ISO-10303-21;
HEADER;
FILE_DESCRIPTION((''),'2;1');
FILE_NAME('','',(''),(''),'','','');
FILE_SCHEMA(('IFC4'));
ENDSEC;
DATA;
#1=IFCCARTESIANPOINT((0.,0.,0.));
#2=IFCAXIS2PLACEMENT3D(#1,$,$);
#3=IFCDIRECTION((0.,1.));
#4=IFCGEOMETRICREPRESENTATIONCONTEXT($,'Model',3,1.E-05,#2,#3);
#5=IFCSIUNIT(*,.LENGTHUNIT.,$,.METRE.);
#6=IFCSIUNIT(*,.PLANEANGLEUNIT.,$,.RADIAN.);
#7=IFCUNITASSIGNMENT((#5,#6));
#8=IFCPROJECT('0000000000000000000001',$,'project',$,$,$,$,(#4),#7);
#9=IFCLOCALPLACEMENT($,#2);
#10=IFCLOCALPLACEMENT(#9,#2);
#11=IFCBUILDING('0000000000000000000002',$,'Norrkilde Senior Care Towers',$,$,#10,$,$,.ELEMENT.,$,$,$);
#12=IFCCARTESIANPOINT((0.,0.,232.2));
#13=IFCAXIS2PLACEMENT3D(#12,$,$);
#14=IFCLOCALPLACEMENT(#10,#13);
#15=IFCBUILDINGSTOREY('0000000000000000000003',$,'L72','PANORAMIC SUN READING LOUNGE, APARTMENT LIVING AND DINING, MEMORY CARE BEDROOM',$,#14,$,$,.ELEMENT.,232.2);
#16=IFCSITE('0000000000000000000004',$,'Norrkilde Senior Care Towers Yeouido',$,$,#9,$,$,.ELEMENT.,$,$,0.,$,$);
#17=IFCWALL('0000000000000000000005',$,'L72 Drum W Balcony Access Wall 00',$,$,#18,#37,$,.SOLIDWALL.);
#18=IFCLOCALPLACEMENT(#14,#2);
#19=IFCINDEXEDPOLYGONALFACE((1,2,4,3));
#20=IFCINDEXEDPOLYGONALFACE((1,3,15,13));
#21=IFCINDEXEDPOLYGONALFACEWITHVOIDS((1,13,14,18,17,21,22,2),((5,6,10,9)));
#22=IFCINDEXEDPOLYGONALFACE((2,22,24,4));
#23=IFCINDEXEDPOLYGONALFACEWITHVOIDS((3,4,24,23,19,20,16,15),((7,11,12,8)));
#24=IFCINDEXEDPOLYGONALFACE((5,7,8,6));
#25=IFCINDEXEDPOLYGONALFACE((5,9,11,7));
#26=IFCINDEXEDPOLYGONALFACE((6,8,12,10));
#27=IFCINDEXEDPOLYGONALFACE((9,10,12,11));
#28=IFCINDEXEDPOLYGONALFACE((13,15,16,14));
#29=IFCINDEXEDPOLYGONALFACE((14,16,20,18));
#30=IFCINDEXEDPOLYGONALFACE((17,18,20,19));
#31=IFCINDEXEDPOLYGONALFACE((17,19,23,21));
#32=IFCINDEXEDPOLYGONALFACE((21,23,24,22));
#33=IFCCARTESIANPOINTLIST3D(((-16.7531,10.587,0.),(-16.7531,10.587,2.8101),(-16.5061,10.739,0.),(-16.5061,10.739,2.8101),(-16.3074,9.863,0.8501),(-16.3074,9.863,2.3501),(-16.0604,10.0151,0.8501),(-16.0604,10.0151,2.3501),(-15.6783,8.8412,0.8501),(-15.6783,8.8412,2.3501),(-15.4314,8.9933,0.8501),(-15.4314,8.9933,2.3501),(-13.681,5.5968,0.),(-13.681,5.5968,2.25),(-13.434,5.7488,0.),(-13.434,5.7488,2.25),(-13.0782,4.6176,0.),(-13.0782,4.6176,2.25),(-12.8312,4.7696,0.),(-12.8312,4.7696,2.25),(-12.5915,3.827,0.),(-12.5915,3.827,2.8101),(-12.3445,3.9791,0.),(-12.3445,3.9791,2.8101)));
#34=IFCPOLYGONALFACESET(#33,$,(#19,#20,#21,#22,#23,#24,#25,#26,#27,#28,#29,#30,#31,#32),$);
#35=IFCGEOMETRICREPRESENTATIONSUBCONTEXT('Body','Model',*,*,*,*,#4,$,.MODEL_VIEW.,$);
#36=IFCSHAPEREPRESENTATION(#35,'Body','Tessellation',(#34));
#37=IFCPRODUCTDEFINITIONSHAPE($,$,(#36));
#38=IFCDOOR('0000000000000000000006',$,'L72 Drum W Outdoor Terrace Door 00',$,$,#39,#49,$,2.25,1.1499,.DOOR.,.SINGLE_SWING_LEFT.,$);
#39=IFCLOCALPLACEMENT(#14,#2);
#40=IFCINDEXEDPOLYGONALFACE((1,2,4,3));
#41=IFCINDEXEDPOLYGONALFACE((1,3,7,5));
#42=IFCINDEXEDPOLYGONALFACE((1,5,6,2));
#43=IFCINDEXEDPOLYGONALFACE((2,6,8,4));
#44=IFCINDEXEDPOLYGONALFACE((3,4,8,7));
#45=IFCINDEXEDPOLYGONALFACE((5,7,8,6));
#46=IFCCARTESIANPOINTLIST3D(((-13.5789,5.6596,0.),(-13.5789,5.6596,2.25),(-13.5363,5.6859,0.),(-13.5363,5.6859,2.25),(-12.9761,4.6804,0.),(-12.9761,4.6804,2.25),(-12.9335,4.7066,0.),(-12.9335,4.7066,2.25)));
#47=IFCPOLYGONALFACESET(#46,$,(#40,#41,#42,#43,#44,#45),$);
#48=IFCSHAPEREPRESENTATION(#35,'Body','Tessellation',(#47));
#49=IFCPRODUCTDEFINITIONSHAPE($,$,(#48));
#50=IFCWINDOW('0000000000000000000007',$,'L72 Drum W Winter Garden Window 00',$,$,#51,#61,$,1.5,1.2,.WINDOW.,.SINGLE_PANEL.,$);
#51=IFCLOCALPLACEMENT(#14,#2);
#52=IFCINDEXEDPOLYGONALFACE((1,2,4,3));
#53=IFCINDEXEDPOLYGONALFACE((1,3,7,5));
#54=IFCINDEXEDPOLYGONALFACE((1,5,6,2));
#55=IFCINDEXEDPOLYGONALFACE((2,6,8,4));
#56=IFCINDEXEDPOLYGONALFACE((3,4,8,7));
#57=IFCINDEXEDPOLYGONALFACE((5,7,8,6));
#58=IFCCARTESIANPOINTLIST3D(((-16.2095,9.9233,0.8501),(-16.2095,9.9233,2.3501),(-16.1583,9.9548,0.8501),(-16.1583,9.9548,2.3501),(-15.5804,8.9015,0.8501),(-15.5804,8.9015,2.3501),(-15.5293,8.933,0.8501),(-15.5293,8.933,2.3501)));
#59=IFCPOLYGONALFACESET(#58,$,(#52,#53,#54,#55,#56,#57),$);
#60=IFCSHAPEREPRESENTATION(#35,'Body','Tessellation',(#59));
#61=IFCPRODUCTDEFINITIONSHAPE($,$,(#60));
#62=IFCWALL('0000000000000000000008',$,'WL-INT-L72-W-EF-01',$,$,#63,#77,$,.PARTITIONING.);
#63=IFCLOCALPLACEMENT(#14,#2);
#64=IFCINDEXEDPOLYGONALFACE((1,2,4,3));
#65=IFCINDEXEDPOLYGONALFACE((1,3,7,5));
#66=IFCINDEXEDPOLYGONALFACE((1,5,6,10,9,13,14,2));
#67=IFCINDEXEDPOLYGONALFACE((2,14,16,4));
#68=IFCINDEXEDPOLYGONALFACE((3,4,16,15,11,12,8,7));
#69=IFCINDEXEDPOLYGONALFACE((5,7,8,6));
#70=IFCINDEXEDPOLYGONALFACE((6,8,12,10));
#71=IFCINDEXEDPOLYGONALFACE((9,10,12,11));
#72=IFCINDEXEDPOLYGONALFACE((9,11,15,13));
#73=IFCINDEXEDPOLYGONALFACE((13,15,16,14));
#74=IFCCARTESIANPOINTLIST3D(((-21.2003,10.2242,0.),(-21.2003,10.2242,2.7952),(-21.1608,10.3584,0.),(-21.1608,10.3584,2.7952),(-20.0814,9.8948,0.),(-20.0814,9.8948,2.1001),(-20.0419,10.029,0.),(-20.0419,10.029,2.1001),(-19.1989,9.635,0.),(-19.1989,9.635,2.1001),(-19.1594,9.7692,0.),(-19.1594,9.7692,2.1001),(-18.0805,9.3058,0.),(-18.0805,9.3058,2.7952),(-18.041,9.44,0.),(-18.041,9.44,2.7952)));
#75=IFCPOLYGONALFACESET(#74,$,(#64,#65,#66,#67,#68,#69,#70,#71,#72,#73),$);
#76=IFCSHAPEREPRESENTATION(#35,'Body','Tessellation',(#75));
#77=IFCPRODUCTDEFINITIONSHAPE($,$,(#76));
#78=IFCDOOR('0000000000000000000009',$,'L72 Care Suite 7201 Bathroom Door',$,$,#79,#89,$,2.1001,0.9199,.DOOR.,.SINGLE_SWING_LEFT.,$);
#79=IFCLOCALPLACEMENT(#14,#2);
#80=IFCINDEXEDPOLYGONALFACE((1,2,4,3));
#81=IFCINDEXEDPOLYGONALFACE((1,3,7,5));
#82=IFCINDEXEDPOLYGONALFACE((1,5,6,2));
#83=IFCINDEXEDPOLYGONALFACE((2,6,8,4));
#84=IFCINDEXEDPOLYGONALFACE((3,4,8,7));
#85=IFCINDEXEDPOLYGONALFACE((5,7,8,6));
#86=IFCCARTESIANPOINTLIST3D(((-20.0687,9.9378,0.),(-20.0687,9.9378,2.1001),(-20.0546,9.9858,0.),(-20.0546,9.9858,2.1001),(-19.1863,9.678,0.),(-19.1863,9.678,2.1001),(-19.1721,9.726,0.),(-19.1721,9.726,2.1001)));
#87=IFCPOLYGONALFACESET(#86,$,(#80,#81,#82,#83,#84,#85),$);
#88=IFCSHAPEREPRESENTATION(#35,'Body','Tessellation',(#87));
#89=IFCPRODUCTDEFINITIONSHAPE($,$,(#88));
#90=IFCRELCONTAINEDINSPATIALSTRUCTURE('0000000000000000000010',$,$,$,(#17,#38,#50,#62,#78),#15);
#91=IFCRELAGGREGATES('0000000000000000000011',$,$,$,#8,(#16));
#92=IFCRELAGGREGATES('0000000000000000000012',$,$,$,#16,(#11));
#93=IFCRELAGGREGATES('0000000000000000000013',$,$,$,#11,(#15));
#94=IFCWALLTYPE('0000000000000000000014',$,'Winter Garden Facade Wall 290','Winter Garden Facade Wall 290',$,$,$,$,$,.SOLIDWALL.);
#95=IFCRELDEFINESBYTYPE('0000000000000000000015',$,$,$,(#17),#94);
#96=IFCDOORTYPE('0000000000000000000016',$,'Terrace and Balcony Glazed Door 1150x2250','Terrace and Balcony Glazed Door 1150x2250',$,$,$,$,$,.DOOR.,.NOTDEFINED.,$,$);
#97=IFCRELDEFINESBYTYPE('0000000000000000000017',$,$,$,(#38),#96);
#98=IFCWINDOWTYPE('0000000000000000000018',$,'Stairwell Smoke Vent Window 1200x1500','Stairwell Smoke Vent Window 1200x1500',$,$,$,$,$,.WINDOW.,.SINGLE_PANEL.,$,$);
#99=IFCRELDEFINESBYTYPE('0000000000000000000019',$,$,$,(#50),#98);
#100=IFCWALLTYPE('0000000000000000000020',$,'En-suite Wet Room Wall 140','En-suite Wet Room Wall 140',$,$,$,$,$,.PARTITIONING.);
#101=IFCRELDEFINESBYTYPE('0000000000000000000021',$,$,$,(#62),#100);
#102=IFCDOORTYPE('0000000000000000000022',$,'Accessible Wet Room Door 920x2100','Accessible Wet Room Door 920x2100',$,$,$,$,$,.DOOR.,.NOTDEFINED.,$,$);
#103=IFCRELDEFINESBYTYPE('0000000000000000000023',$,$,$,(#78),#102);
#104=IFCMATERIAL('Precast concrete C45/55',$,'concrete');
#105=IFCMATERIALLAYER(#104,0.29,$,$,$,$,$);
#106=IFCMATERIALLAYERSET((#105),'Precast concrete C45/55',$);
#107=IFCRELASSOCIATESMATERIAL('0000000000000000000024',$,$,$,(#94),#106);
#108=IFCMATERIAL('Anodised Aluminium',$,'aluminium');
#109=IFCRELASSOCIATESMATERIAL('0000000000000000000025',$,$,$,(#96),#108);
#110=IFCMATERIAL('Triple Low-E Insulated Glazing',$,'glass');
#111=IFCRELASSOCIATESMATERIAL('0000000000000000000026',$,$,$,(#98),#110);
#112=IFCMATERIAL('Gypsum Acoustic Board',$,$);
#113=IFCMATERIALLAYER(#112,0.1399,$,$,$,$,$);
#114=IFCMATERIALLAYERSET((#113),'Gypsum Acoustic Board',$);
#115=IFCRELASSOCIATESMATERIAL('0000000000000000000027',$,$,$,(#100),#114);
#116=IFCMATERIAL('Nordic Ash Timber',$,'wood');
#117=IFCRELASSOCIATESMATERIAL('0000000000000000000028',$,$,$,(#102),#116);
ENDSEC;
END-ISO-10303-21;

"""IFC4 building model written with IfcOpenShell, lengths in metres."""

from ifc_helpers import new_model, si_unit, direction, frame, frame_2d, origin, place, context, subcontext, project, spatial, rectangle, extrude, source, transform, mapped, material, layer, layer_set, type_object, type_shapes, element, fill, save


model = new_model("IFC4")

# Units and contexts
model_context = context("Model", 3, precision=1e-05, world=origin(), true_north=direction((0.0, 1.0)))
body_context = subcontext(model_context, "Body", "Model", "MODEL_VIEW")
ifc_project = project(units=[si_unit("LENGTHUNIT", "METRE"), si_unit("PLANEANGLEUNIT", "RADIAN")], contexts=[model_context])

# Site, building, storey
site_placement = place(None, origin())
site = spatial("IfcSite", under=ifc_project, at=site_placement, Name="Norrkilde Senior Care Towers Yeouido", CompositionType="ELEMENT", RefElevation=0.0)
building_placement = place(site_placement, origin())
building = spatial("IfcBuilding", under=site, at=building_placement, Name="Norrkilde Senior Care Towers", CompositionType="ELEMENT")
storey_placement = place(building_placement, frame((0.0, 0.0, 232.2)))
storey = spatial("IfcBuildingStorey", under=building, at=storey_placement, Name="L72", Description="PANORAMIC SUN READING LOUNGE, APARTMENT LIVING AND DINING, MEMORY CARE BEDROOM", CompositionType="ELEMENT", Elevation=232.2)

# Shared definitions
ifc_material_1 = material(Name="Triple Low-E Insulated Glazing", Category="glass")
ifc_material_2 = material(Name="Anodised Aluminium", Category="aluminium")

# Wall, openings, door, window
ifc_material_3 = material(Name="Precast concrete C45/55", Category="concrete")
ifc_layer_1 = layer(ifc_material_3, 0.29)
ifc_layer_set_1 = layer_set([ifc_layer_1], Name="Precast concrete C45/55")
wall_type_1 = type_object("IfcWallType", Name="Winter Garden Facade Wall 290", Description="Winter Garden Facade Wall 290", PredefinedType="SOLIDWALL", material=ifc_layer_set_1)
shared_shape_1 = source(origin(), body_context, "Body", "SweptSolid", [
    extrude(rectangle(XDim=7.9382, YDim=0.29, at=frame_2d((3.9692, 0.0))), origin(), (0.0, 0.0, 1.0), 2.8101),
])
type_shapes(wall_type_1, [shared_shape_1])
wall_1_placement = place(storey_placement, frame((-16.6296, 10.6631, 0.0), z_axis=(0.0, 0.0, 1.0), x_axis=(0.524245, -0.851567, 0.0)))
wall_1 = element("IfcWall", 1, at=wall_1_placement, inside=storey, type_object=wall_type_1, Name="L72 Drum W Balcony Access Wall 00", PredefinedType="SOLIDWALL", context=body_context, shape_type="MappedRepresentation", body=[
    mapped(shared_shape_1, transform((0.0, 0.0, 0.0), x_axis=(1.0, 0.0, 0.0), y_axis=(0.0, 1.0, 0.0), z_axis=(0.0, 0.0, 1.0), scale=1.0)),
])
opening_1_placement = place(wall_1_placement, frame((5.8601, 0.0, 0.0)))
opening_1 = element("IfcOpeningElement", 2, at=opening_1_placement, cuts=wall_1, PredefinedType="OPENING", context=body_context, shape_type="SweptSolid", body=[
    extrude(rectangle(XDim=1.1499, YDim=2.25, at=frame_2d((0.575, 1.125))), frame((0.0, 0.155, 0.0), z_axis=(0.0, -1.0, 0.0), x_axis=(1.0, 0.0, 0.0)), (0.0, 0.0, 1.0), 0.3101),
])
opening_2_placement = place(wall_1_placement, frame((0.8501, 0.0, 0.8501)))
opening_2 = element("IfcOpeningElement", 3, at=opening_2_placement, cuts=wall_1, PredefinedType="OPENING", context=body_context, shape_type="SweptSolid", body=[
    extrude(rectangle(XDim=1.2, YDim=1.5, at=frame_2d((0.6001, 0.75))), frame((0.0, 0.155, 0.0), z_axis=(0.0, -1.0, 0.0), x_axis=(1.0, 0.0, 0.0)), (0.0, 0.0, 1.0), 0.3101),
])
door_type_1 = type_object("IfcDoorType", Name="Terrace and Balcony Glazed Door 1150x2250", Description="Terrace and Balcony Glazed Door 1150x2250", OperationType="NOTDEFINED", PredefinedType="DOOR", material=ifc_material_2)
shared_shape_2 = source(origin(), body_context, "Body", "SweptSolid", [
    extrude(rectangle(XDim=1.1499, YDim=2.25, at=frame_2d((0.575, 1.125))), frame((0.0, 0.0249, 0.0), z_axis=(0.0, -1.0, 0.0), x_axis=(1.0, 0.0, 0.0)), (0.0, 0.0, 1.0), 0.05),
])
type_shapes(door_type_1, [shared_shape_2])
door_1_placement = place(opening_1_placement, origin())
door_1 = element("IfcDoor", 4, at=door_1_placement, inside=storey, type_object=door_type_1, Name="L72 Drum W Outdoor Terrace Door 00", OperationType="SINGLE_SWING_LEFT", OverallHeight=2.25, OverallWidth=1.1499, PredefinedType="DOOR", context=body_context, shape_type="MappedRepresentation", body=[
    mapped(shared_shape_2, transform((0.0, 0.0, 0.0), x_axis=(1.0, 0.0, 0.0), y_axis=(0.0, 1.0, 0.0), z_axis=(0.0, 0.0, 1.0), scale=1.0)),
])
fill(opening_1, door_1)
window_type = type_object("IfcWindowType", Name="Stairwell Smoke Vent Window 1200x1500", Description="Stairwell Smoke Vent Window 1200x1500", PartitioningType="SINGLE_PANEL", PredefinedType="WINDOW", material=ifc_material_1)
shared_shape_3 = source(origin(), body_context, "Body", "SweptSolid", [
    extrude(rectangle(XDim=1.2, YDim=1.5, at=frame_2d((0.6001, 0.75))), frame((0.0, 0.03, 0.0), z_axis=(0.0, -1.0, 0.0), x_axis=(1.0, 0.0, 0.0)), (0.0, 0.0, 1.0), 0.0601),
])
type_shapes(window_type, [shared_shape_3])
window_placement = place(opening_2_placement, origin())
window = element("IfcWindow", 5, at=window_placement, inside=storey, type_object=window_type, Name="L72 Drum W Winter Garden Window 00", OverallHeight=1.5, OverallWidth=1.2, PartitioningType="SINGLE_PANEL", PredefinedType="WINDOW", context=body_context, shape_type="MappedRepresentation", body=[
    mapped(shared_shape_3, transform((0.0, 0.0, 0.0), x_axis=(1.0, 0.0, 0.0), y_axis=(0.0, 1.0, 0.0), z_axis=(0.0, 0.0, 1.0), scale=1.0)),
])
fill(opening_2, window)

# Wall, opening, door
ifc_material_4 = material(Name="Gypsum Acoustic Board")
ifc_layer_2 = layer(ifc_material_4, 0.1399)
ifc_layer_set_2 = layer_set([ifc_layer_2], Name="Gypsum Acoustic Board")
wall_type_2 = type_object("IfcWallType", Name="En-suite Wet Room Wall 140", Description="En-suite Wet Room Wall 140", PredefinedType="PARTITIONING", material=ifc_layer_set_2)
shared_shape_4 = source(origin(), body_context, "Body", "SweptSolid", [
    extrude(rectangle(XDim=3.2522, YDim=0.1399, at=frame_2d((1.626, 0.0))), origin(), (0.0, 0.0, 1.0), 2.7952),
])
type_shapes(wall_type_2, [shared_shape_4])
wall_2_placement = place(storey_placement, frame((-21.1804, 10.2913, 0.0), z_axis=(0.0, 0.0, 1.0), x_axis=(0.959295, -0.282406, 0.0)))
wall_2 = element("IfcWall", 6, at=wall_2_placement, inside=storey, type_object=wall_type_2, Name="WL-INT-L72-W-EF-01", PredefinedType="PARTITIONING", context=body_context, shape_type="MappedRepresentation", body=[
    mapped(shared_shape_4, transform((0.0, 0.0, 0.0), x_axis=(1.0, 0.0, 0.0), y_axis=(0.0, 1.0, 0.0), z_axis=(0.0, 0.0, 1.0), scale=1.0)),
])
opening_3_placement = place(wall_2_placement, frame((1.1663, 0.0, 0.0)))
opening_3 = element("IfcOpeningElement", 7, at=opening_3_placement, cuts=wall_2, PredefinedType="OPENING", context=body_context, shape_type="SweptSolid", body=[
    extrude(rectangle(XDim=0.9199, YDim=2.1001, at=frame_2d((0.46, 1.05))), frame((0.0, 0.0798, 0.0), z_axis=(0.0, -1.0, 0.0), x_axis=(1.0, 0.0, 0.0)), (0.0, 0.0, 1.0), 0.1599),
])
ifc_material_5 = material(Name="Nordic Ash Timber", Category="wood")
door_type_2 = type_object("IfcDoorType", Name="Accessible Wet Room Door 920x2100", Description="Accessible Wet Room Door 920x2100", OperationType="NOTDEFINED", PredefinedType="DOOR", material=ifc_material_5)
shared_shape_5 = source(origin(), body_context, "Body", "SweptSolid", [
    extrude(rectangle(XDim=0.9199, YDim=2.1001, at=frame_2d((0.46, 1.05))), frame((0.0, 0.0249, 0.0), z_axis=(0.0, -1.0, 0.0), x_axis=(1.0, 0.0, 0.0)), (0.0, 0.0, 1.0), 0.05),
])
type_shapes(door_type_2, [shared_shape_5])
door_2_placement = place(opening_3_placement, origin())
door_2 = element("IfcDoor", 8, at=door_2_placement, inside=storey, type_object=door_type_2, Name="L72 Care Suite 7201 Bathroom Door", OperationType="SINGLE_SWING_LEFT", OverallHeight=2.1001, OverallWidth=0.9199, PredefinedType="DOOR", context=body_context, shape_type="MappedRepresentation", body=[
    mapped(shared_shape_5, transform((0.0, 0.0, 0.0), x_axis=(1.0, 0.0, 0.0), y_axis=(0.0, 1.0, 0.0), z_axis=(0.0, 0.0, 1.0), scale=1.0)),
])
fill(opening_3, door_2)

save(model, "model.ifc")
